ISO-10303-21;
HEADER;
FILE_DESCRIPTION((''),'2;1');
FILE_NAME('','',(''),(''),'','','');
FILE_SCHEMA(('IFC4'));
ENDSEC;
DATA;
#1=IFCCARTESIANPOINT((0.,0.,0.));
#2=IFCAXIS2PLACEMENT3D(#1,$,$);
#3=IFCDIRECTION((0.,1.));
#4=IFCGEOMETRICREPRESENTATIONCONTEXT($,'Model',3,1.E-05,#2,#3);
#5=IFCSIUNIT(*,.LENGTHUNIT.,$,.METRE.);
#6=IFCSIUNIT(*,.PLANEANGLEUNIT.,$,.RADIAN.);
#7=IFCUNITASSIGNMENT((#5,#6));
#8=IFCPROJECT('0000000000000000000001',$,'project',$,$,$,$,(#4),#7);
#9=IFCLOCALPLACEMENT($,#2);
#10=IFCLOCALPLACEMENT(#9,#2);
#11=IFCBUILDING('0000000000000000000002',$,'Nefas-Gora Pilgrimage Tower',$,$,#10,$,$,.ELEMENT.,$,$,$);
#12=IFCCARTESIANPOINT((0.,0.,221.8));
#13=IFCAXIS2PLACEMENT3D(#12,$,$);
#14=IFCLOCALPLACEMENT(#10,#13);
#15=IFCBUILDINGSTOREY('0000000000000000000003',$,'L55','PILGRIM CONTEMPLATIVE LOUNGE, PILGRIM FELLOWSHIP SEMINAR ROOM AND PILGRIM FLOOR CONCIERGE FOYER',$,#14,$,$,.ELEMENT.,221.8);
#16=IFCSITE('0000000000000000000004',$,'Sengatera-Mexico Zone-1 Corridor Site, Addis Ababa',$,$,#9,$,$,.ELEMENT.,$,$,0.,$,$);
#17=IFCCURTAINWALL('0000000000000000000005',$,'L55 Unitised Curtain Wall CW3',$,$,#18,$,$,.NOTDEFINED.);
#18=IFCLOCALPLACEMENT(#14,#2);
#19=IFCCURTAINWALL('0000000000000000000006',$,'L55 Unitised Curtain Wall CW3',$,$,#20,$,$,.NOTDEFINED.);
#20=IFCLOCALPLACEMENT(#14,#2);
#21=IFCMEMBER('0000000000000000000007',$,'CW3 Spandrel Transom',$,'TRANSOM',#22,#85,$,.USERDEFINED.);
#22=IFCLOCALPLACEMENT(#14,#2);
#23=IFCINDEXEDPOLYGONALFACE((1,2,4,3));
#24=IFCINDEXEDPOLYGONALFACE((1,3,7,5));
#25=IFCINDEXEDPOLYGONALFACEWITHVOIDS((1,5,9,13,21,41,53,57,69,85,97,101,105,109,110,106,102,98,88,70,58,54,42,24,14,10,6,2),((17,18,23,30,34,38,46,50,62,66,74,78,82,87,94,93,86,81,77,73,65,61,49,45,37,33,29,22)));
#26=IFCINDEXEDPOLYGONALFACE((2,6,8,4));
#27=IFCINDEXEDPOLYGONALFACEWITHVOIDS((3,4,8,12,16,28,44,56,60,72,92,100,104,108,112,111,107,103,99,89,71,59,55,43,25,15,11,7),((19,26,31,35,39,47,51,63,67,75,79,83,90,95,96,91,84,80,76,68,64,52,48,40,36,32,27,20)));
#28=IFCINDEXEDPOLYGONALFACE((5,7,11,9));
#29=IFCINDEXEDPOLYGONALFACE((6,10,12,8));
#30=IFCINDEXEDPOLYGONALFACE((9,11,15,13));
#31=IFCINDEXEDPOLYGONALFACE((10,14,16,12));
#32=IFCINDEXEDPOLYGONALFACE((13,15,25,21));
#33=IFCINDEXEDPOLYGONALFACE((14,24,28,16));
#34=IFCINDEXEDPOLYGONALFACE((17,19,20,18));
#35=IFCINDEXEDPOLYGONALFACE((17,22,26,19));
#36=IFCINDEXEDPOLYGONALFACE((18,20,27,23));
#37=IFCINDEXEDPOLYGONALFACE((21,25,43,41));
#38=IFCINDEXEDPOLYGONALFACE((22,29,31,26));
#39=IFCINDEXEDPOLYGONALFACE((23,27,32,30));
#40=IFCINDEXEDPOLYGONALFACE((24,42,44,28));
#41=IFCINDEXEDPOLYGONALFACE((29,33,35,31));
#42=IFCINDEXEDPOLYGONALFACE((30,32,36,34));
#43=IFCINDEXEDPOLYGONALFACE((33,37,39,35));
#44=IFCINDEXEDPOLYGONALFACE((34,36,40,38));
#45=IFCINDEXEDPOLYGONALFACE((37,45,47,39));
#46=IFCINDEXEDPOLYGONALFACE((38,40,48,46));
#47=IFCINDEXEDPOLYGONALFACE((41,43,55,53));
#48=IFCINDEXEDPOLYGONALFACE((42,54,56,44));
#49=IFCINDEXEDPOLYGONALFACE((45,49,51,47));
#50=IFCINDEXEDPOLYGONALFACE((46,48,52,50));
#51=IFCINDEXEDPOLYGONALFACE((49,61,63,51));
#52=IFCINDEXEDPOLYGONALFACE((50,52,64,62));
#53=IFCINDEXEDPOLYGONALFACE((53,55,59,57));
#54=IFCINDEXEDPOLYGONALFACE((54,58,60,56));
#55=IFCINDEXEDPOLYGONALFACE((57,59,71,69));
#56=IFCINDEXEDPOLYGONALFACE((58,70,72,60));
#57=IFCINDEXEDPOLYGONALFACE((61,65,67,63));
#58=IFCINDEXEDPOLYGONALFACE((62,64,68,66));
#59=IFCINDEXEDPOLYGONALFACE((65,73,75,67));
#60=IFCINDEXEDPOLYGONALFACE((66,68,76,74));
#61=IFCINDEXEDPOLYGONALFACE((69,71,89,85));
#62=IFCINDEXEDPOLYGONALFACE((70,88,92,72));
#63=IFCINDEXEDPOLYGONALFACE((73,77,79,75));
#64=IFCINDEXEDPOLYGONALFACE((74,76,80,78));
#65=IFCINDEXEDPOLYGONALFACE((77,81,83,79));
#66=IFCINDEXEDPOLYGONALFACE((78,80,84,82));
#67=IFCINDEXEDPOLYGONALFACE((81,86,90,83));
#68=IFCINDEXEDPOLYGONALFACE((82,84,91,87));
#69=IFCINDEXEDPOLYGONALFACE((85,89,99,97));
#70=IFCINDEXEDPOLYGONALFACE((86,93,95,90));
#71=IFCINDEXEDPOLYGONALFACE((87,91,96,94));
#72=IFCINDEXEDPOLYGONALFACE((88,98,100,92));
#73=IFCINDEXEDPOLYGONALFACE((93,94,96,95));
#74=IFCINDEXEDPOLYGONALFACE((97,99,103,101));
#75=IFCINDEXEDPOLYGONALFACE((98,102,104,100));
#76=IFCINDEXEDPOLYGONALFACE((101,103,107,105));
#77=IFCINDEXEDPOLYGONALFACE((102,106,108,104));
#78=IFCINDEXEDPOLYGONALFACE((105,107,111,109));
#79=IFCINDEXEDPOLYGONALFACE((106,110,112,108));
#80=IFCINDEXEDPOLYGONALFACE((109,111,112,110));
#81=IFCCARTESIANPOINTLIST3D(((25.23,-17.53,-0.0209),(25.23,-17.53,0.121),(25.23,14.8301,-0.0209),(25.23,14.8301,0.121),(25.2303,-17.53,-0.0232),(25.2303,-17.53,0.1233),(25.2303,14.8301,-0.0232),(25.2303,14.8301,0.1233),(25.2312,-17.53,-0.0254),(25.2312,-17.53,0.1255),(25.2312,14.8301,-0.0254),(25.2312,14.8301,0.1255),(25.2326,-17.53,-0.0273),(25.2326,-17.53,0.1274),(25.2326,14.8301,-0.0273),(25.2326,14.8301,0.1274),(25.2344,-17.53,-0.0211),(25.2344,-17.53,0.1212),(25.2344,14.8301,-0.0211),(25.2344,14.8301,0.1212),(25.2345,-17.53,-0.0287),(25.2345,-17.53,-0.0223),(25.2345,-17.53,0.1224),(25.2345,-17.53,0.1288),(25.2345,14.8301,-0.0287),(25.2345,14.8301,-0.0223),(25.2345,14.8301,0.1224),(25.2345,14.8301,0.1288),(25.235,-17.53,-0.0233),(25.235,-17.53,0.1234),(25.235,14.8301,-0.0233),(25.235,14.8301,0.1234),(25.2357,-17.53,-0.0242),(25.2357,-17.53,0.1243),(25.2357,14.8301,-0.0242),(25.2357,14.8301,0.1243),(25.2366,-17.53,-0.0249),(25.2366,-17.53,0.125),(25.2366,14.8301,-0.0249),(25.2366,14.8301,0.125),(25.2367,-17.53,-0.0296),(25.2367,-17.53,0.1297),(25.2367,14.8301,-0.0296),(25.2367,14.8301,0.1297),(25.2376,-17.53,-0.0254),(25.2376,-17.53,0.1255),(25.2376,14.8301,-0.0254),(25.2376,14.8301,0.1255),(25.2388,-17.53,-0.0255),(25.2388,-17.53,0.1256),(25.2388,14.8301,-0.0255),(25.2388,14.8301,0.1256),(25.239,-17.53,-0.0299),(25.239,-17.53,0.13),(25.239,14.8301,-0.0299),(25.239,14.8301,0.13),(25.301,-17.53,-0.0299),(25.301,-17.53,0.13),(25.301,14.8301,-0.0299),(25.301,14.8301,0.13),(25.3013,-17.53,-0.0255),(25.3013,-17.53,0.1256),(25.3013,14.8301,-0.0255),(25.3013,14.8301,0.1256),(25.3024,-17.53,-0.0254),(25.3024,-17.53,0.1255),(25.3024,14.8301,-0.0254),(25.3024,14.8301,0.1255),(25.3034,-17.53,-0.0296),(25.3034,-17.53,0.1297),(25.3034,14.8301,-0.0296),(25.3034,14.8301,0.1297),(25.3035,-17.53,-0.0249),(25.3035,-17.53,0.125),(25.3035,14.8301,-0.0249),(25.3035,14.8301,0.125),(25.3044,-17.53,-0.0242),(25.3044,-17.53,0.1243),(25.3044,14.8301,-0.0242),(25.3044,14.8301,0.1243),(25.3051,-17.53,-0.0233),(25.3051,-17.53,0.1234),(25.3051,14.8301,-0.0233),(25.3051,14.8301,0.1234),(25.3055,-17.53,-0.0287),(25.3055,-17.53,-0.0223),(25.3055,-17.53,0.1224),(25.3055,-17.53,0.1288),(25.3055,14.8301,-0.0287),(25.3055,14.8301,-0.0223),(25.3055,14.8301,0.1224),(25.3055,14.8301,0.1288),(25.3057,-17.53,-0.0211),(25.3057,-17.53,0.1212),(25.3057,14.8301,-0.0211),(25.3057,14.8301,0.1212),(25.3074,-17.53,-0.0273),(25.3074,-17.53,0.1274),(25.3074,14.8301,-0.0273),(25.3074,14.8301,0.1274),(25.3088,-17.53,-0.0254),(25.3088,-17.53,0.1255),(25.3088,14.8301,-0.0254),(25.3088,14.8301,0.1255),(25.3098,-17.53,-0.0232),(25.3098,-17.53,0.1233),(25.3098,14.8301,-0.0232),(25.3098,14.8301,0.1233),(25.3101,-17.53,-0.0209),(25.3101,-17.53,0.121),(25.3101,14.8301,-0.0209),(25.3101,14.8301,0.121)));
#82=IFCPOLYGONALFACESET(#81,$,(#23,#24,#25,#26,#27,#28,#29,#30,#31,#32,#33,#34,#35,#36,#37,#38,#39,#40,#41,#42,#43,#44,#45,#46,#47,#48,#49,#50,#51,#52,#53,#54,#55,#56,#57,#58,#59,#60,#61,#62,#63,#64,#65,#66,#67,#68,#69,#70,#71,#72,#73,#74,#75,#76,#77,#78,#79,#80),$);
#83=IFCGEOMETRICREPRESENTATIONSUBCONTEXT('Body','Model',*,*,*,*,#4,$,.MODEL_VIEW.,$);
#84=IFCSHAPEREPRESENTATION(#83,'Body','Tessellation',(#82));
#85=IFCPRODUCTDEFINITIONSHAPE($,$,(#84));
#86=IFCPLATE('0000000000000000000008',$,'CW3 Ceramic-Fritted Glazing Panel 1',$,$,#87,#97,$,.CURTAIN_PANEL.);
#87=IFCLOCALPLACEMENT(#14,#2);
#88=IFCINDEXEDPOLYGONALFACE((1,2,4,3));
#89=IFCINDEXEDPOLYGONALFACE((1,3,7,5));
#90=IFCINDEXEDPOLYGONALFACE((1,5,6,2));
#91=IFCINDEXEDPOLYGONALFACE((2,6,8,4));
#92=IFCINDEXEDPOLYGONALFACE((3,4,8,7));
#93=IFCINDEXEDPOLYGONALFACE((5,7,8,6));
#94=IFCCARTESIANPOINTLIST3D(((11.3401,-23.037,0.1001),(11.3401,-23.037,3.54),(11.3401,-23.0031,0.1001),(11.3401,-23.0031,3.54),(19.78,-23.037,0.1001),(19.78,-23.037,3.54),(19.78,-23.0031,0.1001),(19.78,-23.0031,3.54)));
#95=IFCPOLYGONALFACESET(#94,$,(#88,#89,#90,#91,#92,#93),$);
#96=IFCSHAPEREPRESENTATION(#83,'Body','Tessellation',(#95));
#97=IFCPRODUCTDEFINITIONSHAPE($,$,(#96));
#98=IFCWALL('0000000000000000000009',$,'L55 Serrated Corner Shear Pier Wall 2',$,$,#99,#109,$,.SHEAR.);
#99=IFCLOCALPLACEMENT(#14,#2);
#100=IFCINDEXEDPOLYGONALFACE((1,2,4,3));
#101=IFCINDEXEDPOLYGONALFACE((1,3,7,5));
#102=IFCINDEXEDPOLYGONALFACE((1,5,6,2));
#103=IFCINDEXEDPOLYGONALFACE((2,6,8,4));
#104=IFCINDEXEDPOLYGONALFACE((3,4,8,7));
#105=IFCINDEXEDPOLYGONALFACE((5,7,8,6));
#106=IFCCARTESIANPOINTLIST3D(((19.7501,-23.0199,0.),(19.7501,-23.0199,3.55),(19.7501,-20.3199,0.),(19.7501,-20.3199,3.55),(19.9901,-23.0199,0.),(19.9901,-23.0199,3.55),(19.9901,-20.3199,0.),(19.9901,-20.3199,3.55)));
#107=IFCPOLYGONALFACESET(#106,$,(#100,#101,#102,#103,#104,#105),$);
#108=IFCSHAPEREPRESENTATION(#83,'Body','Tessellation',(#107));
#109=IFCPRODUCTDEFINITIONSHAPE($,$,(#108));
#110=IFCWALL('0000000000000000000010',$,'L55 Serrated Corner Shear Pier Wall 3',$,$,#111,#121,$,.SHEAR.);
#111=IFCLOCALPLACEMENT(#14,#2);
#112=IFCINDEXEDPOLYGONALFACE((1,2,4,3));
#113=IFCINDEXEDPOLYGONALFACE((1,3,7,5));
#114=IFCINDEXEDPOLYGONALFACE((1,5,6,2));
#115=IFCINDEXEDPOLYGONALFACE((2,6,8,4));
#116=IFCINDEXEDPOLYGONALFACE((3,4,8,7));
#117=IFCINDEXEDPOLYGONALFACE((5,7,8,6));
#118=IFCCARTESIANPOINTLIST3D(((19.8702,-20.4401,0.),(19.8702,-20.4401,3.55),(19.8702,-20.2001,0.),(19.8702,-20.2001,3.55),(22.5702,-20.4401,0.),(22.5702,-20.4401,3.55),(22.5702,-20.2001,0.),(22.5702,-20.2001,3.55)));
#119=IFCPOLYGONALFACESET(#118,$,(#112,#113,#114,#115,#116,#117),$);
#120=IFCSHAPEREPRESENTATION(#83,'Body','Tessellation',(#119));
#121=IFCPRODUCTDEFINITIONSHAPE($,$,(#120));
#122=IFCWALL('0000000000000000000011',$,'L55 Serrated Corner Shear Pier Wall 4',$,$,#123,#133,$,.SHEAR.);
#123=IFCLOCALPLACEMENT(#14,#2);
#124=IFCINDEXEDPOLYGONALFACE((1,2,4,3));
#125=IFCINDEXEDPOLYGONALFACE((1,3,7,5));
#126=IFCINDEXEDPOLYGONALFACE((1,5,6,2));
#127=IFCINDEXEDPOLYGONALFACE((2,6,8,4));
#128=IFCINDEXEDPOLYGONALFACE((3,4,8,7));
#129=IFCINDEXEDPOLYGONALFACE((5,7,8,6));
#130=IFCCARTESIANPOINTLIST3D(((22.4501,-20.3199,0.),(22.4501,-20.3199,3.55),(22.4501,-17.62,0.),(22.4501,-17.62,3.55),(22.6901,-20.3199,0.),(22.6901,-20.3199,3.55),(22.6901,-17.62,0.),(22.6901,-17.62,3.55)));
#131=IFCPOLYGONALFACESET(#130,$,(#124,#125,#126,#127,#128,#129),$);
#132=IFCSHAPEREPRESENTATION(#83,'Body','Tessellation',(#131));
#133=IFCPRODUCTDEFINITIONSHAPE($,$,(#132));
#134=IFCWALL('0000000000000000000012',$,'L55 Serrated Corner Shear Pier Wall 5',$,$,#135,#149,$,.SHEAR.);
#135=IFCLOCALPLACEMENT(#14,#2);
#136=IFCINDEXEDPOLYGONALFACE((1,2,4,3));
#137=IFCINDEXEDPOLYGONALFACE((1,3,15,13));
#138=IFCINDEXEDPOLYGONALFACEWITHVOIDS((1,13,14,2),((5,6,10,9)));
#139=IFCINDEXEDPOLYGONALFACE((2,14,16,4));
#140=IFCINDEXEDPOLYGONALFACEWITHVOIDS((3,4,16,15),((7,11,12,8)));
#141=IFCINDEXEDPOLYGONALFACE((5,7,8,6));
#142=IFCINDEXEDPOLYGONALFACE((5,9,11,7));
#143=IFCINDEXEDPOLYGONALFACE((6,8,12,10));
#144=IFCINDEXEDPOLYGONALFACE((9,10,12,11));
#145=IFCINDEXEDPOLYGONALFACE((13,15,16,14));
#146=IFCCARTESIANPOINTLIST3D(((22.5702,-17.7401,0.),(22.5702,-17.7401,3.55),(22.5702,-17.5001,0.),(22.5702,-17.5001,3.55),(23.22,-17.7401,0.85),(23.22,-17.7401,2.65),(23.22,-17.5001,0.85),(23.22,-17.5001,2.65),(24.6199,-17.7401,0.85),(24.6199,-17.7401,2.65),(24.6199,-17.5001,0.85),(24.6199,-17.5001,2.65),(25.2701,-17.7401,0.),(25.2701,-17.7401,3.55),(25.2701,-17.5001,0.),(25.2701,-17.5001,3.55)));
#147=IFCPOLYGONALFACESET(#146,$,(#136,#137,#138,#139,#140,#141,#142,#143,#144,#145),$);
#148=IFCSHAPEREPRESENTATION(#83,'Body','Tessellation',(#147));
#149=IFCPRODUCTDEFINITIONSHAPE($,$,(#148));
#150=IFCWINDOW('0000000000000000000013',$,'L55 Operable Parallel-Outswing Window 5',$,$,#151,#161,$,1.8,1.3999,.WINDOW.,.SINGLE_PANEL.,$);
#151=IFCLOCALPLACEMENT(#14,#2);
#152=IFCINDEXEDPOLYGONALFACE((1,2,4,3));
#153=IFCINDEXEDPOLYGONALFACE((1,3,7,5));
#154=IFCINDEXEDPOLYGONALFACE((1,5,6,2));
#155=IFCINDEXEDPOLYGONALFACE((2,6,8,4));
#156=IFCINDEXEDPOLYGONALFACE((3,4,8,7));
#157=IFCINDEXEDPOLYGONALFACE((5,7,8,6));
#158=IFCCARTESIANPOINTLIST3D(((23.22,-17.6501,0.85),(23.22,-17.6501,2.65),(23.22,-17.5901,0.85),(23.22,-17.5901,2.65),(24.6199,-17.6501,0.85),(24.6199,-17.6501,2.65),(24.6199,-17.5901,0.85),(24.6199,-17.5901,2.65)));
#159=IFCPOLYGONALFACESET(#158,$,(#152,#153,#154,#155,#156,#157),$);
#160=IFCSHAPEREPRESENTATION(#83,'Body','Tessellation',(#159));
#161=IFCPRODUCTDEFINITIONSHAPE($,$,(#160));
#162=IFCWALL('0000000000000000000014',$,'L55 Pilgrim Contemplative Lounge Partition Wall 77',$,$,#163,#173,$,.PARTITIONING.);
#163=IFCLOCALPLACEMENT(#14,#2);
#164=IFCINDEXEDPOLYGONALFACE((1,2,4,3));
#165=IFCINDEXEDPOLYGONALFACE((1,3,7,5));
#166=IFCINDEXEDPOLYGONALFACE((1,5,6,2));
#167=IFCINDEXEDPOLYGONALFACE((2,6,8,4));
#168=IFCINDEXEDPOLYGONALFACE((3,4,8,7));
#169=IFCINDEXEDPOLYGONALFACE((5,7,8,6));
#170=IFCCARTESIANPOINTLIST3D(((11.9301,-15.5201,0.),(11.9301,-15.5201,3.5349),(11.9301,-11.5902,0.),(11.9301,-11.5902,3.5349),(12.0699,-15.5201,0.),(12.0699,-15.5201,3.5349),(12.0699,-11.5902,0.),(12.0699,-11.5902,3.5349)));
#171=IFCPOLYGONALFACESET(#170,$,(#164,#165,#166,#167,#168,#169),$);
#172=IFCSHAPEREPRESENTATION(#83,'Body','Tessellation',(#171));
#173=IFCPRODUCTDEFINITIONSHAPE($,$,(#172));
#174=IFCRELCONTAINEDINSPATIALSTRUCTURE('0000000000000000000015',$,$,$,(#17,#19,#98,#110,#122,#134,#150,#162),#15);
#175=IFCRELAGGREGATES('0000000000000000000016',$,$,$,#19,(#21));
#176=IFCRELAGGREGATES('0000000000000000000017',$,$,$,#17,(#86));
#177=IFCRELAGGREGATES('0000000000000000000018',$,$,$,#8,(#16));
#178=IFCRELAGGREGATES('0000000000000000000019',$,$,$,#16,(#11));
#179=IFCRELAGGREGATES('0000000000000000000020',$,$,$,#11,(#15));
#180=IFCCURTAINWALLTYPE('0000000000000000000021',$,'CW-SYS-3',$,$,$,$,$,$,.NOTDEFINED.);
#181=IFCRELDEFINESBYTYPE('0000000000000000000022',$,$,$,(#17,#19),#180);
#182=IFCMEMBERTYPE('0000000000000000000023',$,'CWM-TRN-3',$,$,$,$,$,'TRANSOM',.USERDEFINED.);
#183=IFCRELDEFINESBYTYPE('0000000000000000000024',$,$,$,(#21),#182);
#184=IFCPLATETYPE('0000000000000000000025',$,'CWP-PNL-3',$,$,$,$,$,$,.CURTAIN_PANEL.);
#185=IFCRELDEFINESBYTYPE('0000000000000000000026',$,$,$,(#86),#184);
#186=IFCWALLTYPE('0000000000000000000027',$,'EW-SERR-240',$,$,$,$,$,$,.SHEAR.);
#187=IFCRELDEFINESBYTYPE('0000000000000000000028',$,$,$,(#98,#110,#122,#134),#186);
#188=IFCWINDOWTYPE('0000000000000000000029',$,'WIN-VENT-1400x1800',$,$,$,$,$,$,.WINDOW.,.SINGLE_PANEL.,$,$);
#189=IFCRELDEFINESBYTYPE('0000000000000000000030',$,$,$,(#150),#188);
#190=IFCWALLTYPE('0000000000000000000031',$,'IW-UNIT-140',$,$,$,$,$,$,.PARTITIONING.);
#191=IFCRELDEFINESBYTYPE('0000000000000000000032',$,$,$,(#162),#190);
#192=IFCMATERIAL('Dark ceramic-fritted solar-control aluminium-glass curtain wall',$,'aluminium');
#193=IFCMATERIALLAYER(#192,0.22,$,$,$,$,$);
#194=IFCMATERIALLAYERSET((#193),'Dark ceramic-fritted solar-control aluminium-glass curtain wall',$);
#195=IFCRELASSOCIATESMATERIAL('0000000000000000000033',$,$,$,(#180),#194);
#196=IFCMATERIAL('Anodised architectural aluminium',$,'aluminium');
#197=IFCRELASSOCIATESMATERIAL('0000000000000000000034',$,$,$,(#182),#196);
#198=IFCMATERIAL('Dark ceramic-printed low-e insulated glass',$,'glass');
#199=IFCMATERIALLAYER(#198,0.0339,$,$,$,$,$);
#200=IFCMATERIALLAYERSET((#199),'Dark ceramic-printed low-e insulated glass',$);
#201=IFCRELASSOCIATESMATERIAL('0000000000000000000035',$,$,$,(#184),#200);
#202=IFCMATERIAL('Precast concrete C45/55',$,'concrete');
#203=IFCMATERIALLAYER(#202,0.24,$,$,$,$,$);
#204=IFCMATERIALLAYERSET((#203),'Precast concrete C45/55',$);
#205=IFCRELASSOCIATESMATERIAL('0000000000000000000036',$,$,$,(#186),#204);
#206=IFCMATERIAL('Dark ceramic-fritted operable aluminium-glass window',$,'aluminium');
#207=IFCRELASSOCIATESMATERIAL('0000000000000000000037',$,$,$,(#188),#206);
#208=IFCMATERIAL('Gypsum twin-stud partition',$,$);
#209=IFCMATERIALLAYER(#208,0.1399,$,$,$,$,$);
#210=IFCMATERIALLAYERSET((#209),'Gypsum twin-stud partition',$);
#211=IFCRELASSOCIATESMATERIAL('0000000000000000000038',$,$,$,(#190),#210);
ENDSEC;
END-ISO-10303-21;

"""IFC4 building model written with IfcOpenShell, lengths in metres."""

from ifc_helpers import new_model, si_unit, direction, frame, frame_2d, origin, origin_2d, place, context, subcontext, project, spatial, rectangle, hollow_rectangle, extrude, source, transform, mapped, material, layer, layer_set, material_profile, profile_set, type_object, element, fill, aggregate, save


model = new_model("IFC4")

# Units and contexts
model_context = context("Model", 3, precision=1e-05, world=origin(), true_north=direction((0.0, 1.0)))
body_context = subcontext(model_context, "Body", "Model", "MODEL_VIEW")
ifc_project = project(units=[si_unit("LENGTHUNIT", "METRE"), si_unit("PLANEANGLEUNIT", "RADIAN")], contexts=[model_context])

# Site, building, storey
site_placement = place(None, origin())
site = spatial("IfcSite", under=ifc_project, at=site_placement, Name="Sengatera-Mexico Zone-1 Corridor Site, Addis Ababa", CompositionType="ELEMENT", RefElevation=0.0)
building_placement = place(site_placement, origin())
building = spatial("IfcBuilding", under=site, at=building_placement, Name="Nefas-Gora Pilgrimage Tower", CompositionType="ELEMENT")
storey_placement = place(building_placement, frame((0.0, 0.0, 221.8)))
storey = spatial("IfcBuildingStorey", under=building, at=storey_placement, Name="L55", Description="PILGRIM CONTEMPLATIVE LOUNGE, PILGRIM FELLOWSHIP SEMINAR ROOM AND PILGRIM FLOOR CONCIERGE FOYER", CompositionType="ELEMENT", Elevation=221.8)

# Curtain wall
ifc_material_1 = material(Name="Dark ceramic-fritted solar-control aluminium-glass curtain wall", Category="aluminium")
ifc_layer_1 = layer(ifc_material_1, 0.22)
ifc_layer_set_1 = layer_set([ifc_layer_1], Name="Dark ceramic-fritted solar-control aluminium-glass curtain wall")
curtain_wall_type = type_object("IfcCurtainWallType", Name="CW-SYS-3", PredefinedType="NOTDEFINED", material=ifc_layer_set_1)
curtain_wall_1_placement = place(storey_placement, origin())
curtain_wall_1 = element("IfcCurtainWall", 1, at=curtain_wall_1_placement, inside=storey, type_object=curtain_wall_type, Name="L55 Unitised Curtain Wall CW3", PredefinedType="NOTDEFINED")
ifc_material_2 = material(Name="Anodised architectural aluminium", Category="aluminium")

# Curtain wall
curtain_wall_2_placement = place(storey_placement, origin())
curtain_wall_2 = element("IfcCurtainWall", 2, at=curtain_wall_2_placement, inside=storey, type_object=curtain_wall_type, Name="L55 Unitised Curtain Wall CW3", PredefinedType="NOTDEFINED")

# Member
ifc_material_profile_1 = material_profile(ifc_material_2, hollow_rectangle(XDim=0.0801, YDim=0.1599, WallThickness=0.0044, InnerFilletRadius=0.0044, OuterFilletRadius=0.009, at=origin_2d()), Name="ALU TRANSOM 80x160")
ifc_profile_set_1 = profile_set([ifc_material_profile_1], Name="Anodised architectural aluminium")
member_type_1 = type_object("IfcMemberType", Name="CWM-TRN-3", ElementType="TRANSOM", PredefinedType="USERDEFINED", material=ifc_profile_set_1)
shared_shape_1 = source(origin(), body_context, "Body", "SweptSolid", [
    extrude(hollow_rectangle(XDim=0.0801, YDim=0.1599, WallThickness=0.0044, InnerFilletRadius=0.0044, OuterFilletRadius=0.009, at=origin_2d()), origin(), (0.0, 0.0, 1.0), 32.3601),
])
member_1_placement = place(storey_placement, frame((25.27, -17.53, 0.05), z_axis=(0.0, 1.0, 0.0), x_axis=(-1.0, 0.0, 0.0)))
member_1 = element("IfcMember", 3, at=member_1_placement, type_object=member_type_1, Name="CW3 Spandrel Transom", ObjectType="TRANSOM", PredefinedType="USERDEFINED", context=body_context, shape_type="MappedRepresentation", body=[
    mapped(shared_shape_1, transform((0.0, 0.0, 0.0), x_axis=(1.0, 0.0, 0.0), y_axis=(0.0, 1.0, 0.0), z_axis=(0.0, 0.0, 1.0), scale=1.0)),
])
aggregate(curtain_wall_2, [member_1])

# Plate
ifc_material_3 = material(Name="Dark ceramic-printed low-e insulated glass", Category="glass")
ifc_layer_2 = layer(ifc_material_3, 0.0339)
ifc_layer_set_2 = layer_set([ifc_layer_2], Name="Dark ceramic-printed low-e insulated glass")
plate_type = type_object("IfcPlateType", Name="CWP-PNL-3", PredefinedType="CURTAIN_PANEL", material=ifc_layer_set_2)
shared_shape_2 = source(origin(), body_context, "Body", "SweptSolid", [
    extrude(rectangle(XDim=8.4399, YDim=0.0339, at=origin_2d()), origin(), (0.0, 0.0, 1.0), 3.4399),
])
plate_placement = place(storey_placement, frame((15.5601, -23.02, 0.1001), z_axis=(0.0, 0.0, 1.0), x_axis=(1.0, 0.0, 0.0)))
plate = element("IfcPlate", 4, at=plate_placement, type_object=plate_type, Name="CW3 Ceramic-Fritted Glazing Panel 1", PredefinedType="CURTAIN_PANEL", context=body_context, shape_type="MappedRepresentation", body=[
    mapped(shared_shape_2, transform((0.0, 0.0, 0.0), x_axis=(1.0, 0.0, 0.0), y_axis=(0.0, 1.0, 0.0), z_axis=(0.0, 0.0, 1.0), scale=1.0)),
])
aggregate(curtain_wall_1, [plate])

# Walls
ifc_material_4 = material(Name="Precast concrete C45/55", Category="concrete")
ifc_layer_3 = layer(ifc_material_4, 0.24)
ifc_layer_set_3 = layer_set([ifc_layer_3], Name="Precast concrete C45/55")
wall_type_1 = type_object("IfcWallType", Name="EW-SERR-240", PredefinedType="SHEAR", material=ifc_layer_set_3)
shared_shape_3 = source(origin(), body_context, "Body", "SweptSolid", [
    extrude(rectangle(XDim=2.7, YDim=0.24, at=frame_2d((1.3501, 0.0))), origin(), (0.0, 0.0, 1.0), 3.55),
])
for number, where, z_axis, x_axis, name in (
    (5, (19.8701, -23.02, 0.0), (0.0, 0.0, 1.0), (0.0, 1.0, 0.0), "L55 Serrated Corner Shear Pier Wall 2"),
    (6, (19.8701, -20.3201, 0.0), (0.0, 0.0, 1.0), (1.0, 0.0, 0.0), "L55 Serrated Corner Shear Pier Wall 3"),
    (7, (22.5701, -20.3201, 0.0), (0.0, 0.0, 1.0), (0.0, 1.0, 0.0), "L55 Serrated Corner Shear Pier Wall 4"),
):
    element("IfcWall", number, at=place(storey_placement, frame(where, z_axis=z_axis, x_axis=x_axis)), inside=storey, type_object=wall_type_1, Name=name, PredefinedType="SHEAR", context=body_context, shape_type="MappedRepresentation", body=[
        mapped(shared_shape_3, transform((0.0, 0.0, 0.0), x_axis=(1.0, 0.0, 0.0), y_axis=(0.0, 1.0, 0.0), z_axis=(0.0, 0.0, 1.0), scale=1.0)),
    ])

# Wall, opening, window
wall_1_placement = place(storey_placement, frame((22.5701, -17.6201, 0.0), z_axis=(0.0, 0.0, 1.0), x_axis=(1.0, 0.0, 0.0)))
wall_1 = element("IfcWall", 8, at=wall_1_placement, inside=storey, type_object=wall_type_1, Name="L55 Serrated Corner Shear Pier Wall 5", PredefinedType="SHEAR", context=body_context, shape_type="MappedRepresentation", body=[
    mapped(shared_shape_3, transform((0.0, 0.0, 0.0), x_axis=(1.0, 0.0, 0.0), y_axis=(0.0, 1.0, 0.0), z_axis=(0.0, 0.0, 1.0), scale=1.0)),
])
opening_1_placement = place(wall_1_placement, frame((0.6499, 0.0, 0.8501)))
opening_1 = element("IfcOpeningElement", 9, at=opening_1_placement, cuts=wall_1, PredefinedType="OPENING", context=body_context, shape_type="SweptSolid", body=[
    extrude(rectangle(XDim=1.3999, YDim=1.8, at=frame_2d((0.7, 0.8999))), frame((0.0, 0.1299, 0.0), z_axis=(0.0, -1.0, 0.0), x_axis=(1.0, 0.0, 0.0)), (0.0, 0.0, 1.0), 0.26),
])
ifc_material_5 = material(Name="Dark ceramic-fritted operable aluminium-glass window", Category="aluminium")
window_type = type_object("IfcWindowType", Name="WIN-VENT-1400x1800", PartitioningType="SINGLE_PANEL", PredefinedType="WINDOW", material=ifc_material_5)
shared_shape_4 = source(origin(), body_context, "Body", "SweptSolid", [
    extrude(rectangle(XDim=1.3999, YDim=1.8, at=frame_2d((0.7, 0.8999))), frame((0.0, 0.03, 0.0), z_axis=(0.0, -1.0, 0.0), x_axis=(1.0, 0.0, 0.0)), (0.0, 0.0, 1.0), 0.0601),
])
window_placement = place(opening_1_placement, origin())
window = element("IfcWindow", 10, at=window_placement, inside=storey, type_object=window_type, Name="L55 Operable Parallel-Outswing Window 5", OverallHeight=1.8, OverallWidth=1.3999, PartitioningType="SINGLE_PANEL", PredefinedType="WINDOW", context=body_context, shape_type="MappedRepresentation", body=[
    mapped(shared_shape_4, transform((0.0, 0.0, 0.0), x_axis=(1.0, 0.0, 0.0), y_axis=(0.0, 1.0, 0.0), z_axis=(0.0, 0.0, 1.0), scale=1.0)),
])
fill(opening_1, window)

# Wall
ifc_material_6 = material(Name="Gypsum twin-stud partition")
ifc_layer_4 = layer(ifc_material_6, 0.1399)
ifc_layer_set_4 = layer_set([ifc_layer_4], Name="Gypsum twin-stud partition")
wall_type_2 = type_object("IfcWallType", Name="IW-UNIT-140", PredefinedType="PARTITIONING", material=ifc_layer_set_4)
shared_shape_5 = source(origin(), body_context, "Body", "SweptSolid", [
    extrude(rectangle(XDim=3.9299, YDim=0.1399, at=frame_2d((1.9648, 0.0))), origin(), (0.0, 0.0, 1.0), 3.5349),
])
wall_2_placement = place(storey_placement, frame((12.0, -15.52, 0.0), z_axis=(0.0, 0.0, 1.0), x_axis=(0.0, 1.0, 0.0)))
element("IfcWall", 11, at=wall_2_placement, inside=storey, type_object=wall_type_2, Name="L55 Pilgrim Contemplative Lounge Partition Wall 77", PredefinedType="PARTITIONING", context=body_context, shape_type="MappedRepresentation", body=[
    mapped(shared_shape_5, transform((0.0, 0.0, 0.0), x_axis=(1.0, 0.0, 0.0), y_axis=(0.0, 1.0, 0.0), z_axis=(0.0, 0.0, 1.0), scale=1.0)),
])

save(model, "model.ifc")
